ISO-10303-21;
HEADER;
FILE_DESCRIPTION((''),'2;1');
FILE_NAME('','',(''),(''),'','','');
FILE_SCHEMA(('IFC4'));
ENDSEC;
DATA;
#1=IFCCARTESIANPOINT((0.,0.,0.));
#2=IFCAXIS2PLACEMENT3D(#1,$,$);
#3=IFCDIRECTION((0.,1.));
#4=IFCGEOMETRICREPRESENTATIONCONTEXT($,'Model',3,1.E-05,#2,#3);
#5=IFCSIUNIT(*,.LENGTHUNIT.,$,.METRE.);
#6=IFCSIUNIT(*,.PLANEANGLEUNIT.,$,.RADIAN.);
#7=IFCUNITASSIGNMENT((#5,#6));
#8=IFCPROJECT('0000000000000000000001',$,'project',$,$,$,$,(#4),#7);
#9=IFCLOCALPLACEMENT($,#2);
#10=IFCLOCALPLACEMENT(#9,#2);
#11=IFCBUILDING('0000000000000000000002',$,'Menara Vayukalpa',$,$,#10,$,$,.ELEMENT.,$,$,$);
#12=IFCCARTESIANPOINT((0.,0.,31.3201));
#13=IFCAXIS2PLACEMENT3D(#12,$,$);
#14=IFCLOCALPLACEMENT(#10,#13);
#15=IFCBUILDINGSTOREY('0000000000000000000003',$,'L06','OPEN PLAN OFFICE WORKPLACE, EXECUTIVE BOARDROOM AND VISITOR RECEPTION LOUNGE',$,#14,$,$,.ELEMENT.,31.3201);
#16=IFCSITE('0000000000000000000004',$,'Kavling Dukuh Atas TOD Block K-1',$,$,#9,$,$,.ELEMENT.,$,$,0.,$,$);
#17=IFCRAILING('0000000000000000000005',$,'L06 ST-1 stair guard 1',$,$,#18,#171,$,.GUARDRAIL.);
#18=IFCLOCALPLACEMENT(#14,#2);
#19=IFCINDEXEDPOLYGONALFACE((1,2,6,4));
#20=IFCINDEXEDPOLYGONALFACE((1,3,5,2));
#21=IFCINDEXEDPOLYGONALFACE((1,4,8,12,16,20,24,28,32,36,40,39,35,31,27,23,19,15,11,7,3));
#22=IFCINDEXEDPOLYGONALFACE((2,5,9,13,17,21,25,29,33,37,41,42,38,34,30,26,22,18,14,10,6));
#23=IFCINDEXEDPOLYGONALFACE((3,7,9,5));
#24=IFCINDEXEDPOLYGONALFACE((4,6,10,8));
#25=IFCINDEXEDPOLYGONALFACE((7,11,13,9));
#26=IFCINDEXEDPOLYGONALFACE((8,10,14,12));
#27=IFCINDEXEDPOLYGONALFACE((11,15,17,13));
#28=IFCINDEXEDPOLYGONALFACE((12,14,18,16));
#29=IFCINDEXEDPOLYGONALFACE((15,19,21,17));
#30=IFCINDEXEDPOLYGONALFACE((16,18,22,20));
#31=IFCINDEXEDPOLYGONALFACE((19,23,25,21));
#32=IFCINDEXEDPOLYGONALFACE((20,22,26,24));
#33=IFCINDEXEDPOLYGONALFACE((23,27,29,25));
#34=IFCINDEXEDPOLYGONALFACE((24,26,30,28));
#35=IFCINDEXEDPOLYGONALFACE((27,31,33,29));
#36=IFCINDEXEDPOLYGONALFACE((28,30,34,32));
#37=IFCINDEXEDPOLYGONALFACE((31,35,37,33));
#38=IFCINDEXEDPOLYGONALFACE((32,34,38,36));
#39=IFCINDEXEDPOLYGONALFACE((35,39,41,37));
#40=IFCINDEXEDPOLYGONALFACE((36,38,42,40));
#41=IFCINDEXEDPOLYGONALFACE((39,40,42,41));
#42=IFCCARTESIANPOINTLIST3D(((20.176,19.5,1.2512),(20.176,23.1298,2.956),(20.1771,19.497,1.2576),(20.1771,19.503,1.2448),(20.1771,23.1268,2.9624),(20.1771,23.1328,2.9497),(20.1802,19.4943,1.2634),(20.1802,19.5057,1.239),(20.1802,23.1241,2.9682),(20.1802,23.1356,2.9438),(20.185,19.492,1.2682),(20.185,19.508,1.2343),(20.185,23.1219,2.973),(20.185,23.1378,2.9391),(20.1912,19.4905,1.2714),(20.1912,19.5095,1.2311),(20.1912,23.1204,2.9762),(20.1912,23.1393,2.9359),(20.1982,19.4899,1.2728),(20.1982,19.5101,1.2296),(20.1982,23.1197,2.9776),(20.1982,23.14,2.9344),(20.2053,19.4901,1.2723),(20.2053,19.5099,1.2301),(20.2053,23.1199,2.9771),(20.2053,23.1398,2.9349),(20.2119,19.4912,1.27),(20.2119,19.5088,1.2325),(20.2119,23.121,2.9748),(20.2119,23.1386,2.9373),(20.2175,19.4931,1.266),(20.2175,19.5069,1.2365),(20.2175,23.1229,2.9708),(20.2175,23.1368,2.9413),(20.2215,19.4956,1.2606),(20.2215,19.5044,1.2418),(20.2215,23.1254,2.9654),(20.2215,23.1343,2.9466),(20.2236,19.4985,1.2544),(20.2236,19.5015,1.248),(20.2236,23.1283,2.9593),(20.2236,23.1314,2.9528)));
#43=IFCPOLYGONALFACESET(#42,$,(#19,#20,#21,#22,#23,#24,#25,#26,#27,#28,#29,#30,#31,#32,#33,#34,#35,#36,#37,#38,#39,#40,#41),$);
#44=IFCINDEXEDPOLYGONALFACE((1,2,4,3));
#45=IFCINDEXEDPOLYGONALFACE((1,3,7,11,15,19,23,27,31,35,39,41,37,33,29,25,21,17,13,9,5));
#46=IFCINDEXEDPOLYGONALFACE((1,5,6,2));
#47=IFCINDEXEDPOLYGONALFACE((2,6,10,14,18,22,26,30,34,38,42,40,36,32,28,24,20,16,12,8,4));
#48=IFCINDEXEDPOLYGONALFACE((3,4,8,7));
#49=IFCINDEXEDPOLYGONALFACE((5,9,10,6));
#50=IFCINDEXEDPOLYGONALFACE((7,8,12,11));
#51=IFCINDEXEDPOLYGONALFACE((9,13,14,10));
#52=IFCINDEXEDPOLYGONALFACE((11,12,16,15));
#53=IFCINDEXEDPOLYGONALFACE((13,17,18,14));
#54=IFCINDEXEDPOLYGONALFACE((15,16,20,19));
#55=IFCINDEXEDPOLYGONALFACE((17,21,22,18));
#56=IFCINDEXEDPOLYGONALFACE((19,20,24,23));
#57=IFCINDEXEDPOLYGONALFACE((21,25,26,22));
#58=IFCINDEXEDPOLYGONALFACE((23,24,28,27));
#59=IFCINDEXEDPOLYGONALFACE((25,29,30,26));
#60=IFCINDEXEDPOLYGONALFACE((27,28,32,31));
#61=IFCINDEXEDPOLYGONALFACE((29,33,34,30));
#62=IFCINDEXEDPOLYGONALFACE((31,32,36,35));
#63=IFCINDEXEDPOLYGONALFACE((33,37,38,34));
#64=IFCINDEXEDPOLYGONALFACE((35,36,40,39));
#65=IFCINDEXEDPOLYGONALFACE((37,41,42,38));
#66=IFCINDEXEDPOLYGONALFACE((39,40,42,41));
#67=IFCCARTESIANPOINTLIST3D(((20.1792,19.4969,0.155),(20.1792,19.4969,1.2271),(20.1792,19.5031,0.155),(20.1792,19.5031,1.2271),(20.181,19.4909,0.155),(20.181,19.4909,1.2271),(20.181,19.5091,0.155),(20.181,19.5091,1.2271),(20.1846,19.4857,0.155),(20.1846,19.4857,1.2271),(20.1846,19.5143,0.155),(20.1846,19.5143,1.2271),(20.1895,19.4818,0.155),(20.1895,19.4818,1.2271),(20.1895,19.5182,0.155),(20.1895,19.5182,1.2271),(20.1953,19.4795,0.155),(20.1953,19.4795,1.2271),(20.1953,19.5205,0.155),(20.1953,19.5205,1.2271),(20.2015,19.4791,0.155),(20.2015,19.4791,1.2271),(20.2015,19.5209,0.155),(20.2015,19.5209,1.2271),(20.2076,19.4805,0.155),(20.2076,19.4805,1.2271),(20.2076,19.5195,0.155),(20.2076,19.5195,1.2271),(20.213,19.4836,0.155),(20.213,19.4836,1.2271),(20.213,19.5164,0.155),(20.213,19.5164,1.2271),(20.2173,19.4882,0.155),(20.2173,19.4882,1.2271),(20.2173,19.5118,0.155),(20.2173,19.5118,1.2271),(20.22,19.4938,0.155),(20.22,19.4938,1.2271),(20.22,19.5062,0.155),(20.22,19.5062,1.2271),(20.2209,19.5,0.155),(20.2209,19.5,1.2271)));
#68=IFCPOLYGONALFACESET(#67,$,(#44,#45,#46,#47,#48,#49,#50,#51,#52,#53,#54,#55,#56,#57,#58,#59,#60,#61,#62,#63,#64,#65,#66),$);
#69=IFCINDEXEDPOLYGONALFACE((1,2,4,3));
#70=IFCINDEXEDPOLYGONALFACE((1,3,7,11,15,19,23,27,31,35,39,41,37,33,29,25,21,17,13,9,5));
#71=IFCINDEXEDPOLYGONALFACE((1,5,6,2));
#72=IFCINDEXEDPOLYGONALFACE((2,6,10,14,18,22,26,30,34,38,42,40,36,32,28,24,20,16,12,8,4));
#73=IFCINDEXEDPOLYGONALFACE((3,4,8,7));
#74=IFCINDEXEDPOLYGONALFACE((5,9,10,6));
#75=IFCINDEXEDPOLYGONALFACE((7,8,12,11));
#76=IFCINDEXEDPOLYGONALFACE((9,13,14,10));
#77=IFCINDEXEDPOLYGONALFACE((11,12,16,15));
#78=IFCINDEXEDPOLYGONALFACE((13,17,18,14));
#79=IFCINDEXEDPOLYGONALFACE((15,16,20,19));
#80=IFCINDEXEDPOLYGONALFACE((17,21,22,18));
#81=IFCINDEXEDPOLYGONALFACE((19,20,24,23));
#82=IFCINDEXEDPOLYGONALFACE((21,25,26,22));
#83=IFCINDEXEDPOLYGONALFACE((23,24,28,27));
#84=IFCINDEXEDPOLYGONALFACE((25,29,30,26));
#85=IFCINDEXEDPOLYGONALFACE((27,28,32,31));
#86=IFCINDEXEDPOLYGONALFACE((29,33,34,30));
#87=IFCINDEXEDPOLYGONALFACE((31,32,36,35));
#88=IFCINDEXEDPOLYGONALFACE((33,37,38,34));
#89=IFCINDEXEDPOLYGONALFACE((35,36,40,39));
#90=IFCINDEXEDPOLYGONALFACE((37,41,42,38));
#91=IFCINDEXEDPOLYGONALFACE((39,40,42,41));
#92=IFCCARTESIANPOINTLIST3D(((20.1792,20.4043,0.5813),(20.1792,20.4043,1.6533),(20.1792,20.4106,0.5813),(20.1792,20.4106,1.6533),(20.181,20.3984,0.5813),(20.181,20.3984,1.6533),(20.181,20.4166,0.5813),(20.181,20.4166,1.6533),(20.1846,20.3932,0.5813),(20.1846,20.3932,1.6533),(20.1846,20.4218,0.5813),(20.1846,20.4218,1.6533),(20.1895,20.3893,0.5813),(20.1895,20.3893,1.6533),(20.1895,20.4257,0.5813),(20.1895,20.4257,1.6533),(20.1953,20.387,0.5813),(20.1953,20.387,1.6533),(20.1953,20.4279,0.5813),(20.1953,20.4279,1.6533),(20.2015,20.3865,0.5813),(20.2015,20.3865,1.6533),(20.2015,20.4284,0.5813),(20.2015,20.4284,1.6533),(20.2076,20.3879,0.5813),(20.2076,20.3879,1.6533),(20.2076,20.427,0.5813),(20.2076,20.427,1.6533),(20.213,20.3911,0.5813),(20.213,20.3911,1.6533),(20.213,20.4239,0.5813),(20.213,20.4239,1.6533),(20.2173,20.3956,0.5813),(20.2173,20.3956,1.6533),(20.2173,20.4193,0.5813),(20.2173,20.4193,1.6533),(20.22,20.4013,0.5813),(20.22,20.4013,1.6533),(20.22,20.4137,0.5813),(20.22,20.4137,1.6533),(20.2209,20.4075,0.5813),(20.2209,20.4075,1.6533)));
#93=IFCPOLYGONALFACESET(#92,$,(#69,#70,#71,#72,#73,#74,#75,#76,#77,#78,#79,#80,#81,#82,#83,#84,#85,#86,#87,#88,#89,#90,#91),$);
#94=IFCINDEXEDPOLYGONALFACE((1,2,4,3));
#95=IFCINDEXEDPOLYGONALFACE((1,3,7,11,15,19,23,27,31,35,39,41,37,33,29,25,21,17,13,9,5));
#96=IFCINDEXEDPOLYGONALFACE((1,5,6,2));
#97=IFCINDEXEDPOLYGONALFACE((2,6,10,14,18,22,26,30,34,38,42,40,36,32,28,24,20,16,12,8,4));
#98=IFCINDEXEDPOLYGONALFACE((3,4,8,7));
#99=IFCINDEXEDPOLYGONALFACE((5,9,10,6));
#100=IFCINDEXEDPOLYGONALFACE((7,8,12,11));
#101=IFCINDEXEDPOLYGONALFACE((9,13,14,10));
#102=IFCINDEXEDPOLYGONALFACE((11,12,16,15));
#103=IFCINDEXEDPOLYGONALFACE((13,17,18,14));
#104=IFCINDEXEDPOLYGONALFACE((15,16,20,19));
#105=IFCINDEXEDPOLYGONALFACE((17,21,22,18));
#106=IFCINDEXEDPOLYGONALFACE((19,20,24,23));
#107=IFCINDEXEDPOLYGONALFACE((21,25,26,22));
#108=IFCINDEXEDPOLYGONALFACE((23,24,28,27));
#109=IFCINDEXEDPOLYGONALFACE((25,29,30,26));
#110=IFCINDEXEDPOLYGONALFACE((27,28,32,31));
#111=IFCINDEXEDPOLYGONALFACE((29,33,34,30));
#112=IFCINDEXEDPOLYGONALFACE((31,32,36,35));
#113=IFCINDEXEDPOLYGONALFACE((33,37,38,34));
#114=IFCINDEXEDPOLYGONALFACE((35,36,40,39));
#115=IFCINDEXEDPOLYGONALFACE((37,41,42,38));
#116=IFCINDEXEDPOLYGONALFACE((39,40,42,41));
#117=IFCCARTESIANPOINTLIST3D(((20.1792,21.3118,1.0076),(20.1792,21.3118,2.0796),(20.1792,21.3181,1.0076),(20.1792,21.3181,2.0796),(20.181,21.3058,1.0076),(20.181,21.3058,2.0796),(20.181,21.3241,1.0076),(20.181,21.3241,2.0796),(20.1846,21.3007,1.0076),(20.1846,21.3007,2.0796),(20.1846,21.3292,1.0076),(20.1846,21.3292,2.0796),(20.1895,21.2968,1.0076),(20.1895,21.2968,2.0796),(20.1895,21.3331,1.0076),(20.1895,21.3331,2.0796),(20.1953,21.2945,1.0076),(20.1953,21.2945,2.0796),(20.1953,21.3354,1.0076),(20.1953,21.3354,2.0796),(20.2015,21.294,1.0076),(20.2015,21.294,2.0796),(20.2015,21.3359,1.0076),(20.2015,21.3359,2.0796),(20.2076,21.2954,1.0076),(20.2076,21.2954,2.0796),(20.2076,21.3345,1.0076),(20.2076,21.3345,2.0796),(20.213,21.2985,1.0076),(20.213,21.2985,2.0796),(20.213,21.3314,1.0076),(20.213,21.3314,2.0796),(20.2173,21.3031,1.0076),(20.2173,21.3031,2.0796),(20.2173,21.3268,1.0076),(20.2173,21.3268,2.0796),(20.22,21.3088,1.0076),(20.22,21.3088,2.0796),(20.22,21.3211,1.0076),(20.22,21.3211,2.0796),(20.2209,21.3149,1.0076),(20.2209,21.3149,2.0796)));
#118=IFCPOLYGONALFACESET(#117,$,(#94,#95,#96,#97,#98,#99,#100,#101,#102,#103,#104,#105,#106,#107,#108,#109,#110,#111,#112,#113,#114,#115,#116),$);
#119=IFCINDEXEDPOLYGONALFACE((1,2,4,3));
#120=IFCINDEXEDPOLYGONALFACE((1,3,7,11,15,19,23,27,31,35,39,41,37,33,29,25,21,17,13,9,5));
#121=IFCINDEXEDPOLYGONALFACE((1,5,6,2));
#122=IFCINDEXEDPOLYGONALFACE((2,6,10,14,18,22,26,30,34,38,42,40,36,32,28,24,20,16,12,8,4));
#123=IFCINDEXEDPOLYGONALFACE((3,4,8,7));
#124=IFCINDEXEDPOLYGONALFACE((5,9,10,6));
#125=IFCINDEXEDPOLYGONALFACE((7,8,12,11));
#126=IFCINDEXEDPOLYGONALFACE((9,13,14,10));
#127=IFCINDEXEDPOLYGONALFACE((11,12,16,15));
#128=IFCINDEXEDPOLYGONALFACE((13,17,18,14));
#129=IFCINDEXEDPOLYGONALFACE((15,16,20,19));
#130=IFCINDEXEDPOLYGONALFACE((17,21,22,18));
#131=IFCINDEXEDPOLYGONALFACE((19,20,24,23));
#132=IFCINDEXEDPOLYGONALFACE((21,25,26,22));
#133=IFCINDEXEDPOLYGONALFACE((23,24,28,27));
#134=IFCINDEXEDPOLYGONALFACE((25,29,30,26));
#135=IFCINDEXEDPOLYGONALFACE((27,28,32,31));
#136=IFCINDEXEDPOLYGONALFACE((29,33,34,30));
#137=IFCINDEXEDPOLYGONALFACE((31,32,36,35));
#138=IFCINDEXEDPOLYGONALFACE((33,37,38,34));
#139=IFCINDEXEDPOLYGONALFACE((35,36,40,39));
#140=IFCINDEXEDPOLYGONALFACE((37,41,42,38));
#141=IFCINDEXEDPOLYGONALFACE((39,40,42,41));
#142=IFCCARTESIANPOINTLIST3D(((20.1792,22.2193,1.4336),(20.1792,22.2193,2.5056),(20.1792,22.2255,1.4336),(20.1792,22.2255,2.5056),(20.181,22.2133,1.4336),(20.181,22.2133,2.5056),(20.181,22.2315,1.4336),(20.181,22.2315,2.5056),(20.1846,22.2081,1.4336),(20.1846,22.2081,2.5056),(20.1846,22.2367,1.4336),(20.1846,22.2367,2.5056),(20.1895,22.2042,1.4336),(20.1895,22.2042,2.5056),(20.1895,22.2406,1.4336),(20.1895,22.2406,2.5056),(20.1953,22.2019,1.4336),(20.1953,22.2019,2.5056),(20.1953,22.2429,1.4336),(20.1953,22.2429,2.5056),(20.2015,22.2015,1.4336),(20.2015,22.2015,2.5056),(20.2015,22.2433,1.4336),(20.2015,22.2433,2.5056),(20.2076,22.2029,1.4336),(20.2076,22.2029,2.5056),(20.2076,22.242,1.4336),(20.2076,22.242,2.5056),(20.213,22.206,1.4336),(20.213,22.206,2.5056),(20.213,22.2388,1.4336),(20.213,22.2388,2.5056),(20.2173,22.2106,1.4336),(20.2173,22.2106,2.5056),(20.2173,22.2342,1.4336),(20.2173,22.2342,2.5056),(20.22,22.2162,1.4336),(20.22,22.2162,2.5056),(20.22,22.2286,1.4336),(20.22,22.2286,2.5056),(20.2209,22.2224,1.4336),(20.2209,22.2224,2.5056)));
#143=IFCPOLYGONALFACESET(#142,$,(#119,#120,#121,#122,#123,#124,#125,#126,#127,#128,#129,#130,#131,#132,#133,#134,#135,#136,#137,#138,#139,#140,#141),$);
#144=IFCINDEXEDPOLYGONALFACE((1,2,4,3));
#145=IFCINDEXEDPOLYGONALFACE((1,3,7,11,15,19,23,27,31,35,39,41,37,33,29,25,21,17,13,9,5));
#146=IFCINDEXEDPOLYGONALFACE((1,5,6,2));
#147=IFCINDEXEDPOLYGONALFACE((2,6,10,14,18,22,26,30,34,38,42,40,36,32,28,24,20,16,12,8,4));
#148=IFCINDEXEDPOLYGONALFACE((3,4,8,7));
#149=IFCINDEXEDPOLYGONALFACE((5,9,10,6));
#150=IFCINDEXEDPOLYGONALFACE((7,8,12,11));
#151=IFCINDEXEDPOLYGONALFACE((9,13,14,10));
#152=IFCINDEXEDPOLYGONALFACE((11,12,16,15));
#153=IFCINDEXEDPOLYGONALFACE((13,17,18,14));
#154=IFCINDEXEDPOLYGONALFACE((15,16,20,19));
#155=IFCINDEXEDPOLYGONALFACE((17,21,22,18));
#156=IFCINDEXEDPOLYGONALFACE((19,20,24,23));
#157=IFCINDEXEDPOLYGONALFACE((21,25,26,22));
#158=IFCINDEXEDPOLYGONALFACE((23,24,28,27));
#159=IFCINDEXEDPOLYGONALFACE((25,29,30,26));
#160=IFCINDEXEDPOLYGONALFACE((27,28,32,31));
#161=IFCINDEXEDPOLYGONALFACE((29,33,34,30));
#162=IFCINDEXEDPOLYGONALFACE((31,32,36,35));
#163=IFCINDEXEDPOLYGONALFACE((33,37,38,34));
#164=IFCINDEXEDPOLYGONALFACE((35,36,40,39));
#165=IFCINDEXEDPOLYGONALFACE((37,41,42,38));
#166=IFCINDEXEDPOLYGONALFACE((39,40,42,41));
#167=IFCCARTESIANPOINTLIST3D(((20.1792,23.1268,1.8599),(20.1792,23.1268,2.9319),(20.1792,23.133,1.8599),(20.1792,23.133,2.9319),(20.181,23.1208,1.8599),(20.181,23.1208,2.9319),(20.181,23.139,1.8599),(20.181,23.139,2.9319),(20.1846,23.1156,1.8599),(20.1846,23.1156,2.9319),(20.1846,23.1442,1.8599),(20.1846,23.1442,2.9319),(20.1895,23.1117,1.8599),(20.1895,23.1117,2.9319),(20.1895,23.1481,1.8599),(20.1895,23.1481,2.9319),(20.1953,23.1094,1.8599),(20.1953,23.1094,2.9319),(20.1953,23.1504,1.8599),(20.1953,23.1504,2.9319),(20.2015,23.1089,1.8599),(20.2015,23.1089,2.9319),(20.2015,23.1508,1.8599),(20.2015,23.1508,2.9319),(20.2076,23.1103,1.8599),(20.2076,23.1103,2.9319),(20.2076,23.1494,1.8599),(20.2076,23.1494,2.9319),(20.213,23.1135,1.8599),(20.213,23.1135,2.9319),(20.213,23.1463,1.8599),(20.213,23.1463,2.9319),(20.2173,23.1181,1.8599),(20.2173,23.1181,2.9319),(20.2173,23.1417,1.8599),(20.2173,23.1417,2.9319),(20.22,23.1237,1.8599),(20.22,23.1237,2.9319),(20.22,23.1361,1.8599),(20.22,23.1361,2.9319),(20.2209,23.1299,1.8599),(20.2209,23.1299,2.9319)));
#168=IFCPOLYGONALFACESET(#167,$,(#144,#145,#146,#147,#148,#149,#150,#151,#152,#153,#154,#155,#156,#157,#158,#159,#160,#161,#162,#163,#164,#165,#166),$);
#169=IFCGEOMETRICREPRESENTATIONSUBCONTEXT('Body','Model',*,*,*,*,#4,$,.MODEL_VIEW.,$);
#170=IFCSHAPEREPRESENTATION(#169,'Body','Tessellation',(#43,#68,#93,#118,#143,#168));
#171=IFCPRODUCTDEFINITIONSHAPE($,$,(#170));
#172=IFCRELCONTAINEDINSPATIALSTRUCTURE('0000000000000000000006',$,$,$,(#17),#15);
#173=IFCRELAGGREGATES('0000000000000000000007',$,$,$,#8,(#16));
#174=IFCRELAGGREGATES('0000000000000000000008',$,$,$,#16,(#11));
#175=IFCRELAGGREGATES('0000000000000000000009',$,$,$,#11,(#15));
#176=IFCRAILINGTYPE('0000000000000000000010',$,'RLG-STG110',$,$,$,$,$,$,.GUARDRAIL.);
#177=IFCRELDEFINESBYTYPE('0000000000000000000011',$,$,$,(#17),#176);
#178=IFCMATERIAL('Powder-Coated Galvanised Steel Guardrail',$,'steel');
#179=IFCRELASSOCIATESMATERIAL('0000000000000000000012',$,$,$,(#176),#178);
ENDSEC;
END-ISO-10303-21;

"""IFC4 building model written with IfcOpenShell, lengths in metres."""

from ifc_helpers import new_model, si_unit, direction, frame, origin, origin_2d, place, context, subcontext, project, spatial, circle, extrude, material, type_object, element, save


model = new_model("IFC4")

# Units and contexts
model_context = context("Model", 3, precision=1e-05, world=origin(), true_north=direction((0.0, 1.0)))
body_context = subcontext(model_context, "Body", "Model", "MODEL_VIEW")
ifc_project = project(units=[si_unit("LENGTHUNIT", "METRE"), si_unit("PLANEANGLEUNIT", "RADIAN")], contexts=[model_context])

# Site, building, storey
site_placement = place(None, origin())
site = spatial("IfcSite", under=ifc_project, at=site_placement, Name="Kavling Dukuh Atas TOD Block K-1", CompositionType="ELEMENT", RefElevation=0.0)
building_placement = place(site_placement, origin())
building = spatial("IfcBuilding", under=site, at=building_placement, Name="Menara Vayukalpa", CompositionType="ELEMENT")
storey_placement = place(building_placement, frame((0.0, 0.0, 31.3201)))
storey = spatial("IfcBuildingStorey", under=building, at=storey_placement, Name="L06", Description="OPEN PLAN OFFICE WORKPLACE, EXECUTIVE BOARDROOM AND VISITOR RECEPTION LOUNGE", CompositionType="ELEMENT", Elevation=31.3201)

# Railing
ifc_material_1 = material(Name="Powder-Coated Galvanised Steel Guardrail", Category="steel")
railing_type_1 = type_object("IfcRailingType", Name="RLG-STG110", PredefinedType="GUARDRAIL", material=ifc_material_1)
railing_1_placement = place(storey_placement, frame((20.2, 19.5, 0.155)))
element("IfcRailing", 1, at=railing_1_placement, inside=storey, type_object=railing_type_1, Name="L06 ST-1 stair guard 1", PredefinedType="GUARDRAIL", context=body_context, shape_type="SweptSolid", body=[
    extrude(circle(Radius=0.0239, at=origin_2d()), frame((0.0, 0.0, 1.0962), z_axis=(0.0, 0.90514, 0.425114), x_axis=(-1.0, 0.0, 0.0)), (0.0, 0.0, 1.0), 4.0103),
    extrude(circle(Radius=0.021, at=origin_2d()), origin(), (0.0, 0.0, 1.0), 1.072),
    extrude(circle(Radius=0.021, at=origin_2d()), frame((0.0, 0.9075, 0.4263)), (0.0, 0.0, 1.0), 1.072),
    extrude(circle(Radius=0.021, at=origin_2d()), frame((0.0, 1.8149, 0.8525)), (0.0, 0.0, 1.0), 1.072),
    extrude(circle(Radius=0.021, at=origin_2d()), frame((0.0, 2.7224, 1.2786)), (0.0, 0.0, 1.0), 1.072),
    extrude(circle(Radius=0.021, at=origin_2d()), frame((0.0, 3.6299, 1.7048)), (0.0, 0.0, 1.0), 1.072),
])

save(model, "model.ifc")
